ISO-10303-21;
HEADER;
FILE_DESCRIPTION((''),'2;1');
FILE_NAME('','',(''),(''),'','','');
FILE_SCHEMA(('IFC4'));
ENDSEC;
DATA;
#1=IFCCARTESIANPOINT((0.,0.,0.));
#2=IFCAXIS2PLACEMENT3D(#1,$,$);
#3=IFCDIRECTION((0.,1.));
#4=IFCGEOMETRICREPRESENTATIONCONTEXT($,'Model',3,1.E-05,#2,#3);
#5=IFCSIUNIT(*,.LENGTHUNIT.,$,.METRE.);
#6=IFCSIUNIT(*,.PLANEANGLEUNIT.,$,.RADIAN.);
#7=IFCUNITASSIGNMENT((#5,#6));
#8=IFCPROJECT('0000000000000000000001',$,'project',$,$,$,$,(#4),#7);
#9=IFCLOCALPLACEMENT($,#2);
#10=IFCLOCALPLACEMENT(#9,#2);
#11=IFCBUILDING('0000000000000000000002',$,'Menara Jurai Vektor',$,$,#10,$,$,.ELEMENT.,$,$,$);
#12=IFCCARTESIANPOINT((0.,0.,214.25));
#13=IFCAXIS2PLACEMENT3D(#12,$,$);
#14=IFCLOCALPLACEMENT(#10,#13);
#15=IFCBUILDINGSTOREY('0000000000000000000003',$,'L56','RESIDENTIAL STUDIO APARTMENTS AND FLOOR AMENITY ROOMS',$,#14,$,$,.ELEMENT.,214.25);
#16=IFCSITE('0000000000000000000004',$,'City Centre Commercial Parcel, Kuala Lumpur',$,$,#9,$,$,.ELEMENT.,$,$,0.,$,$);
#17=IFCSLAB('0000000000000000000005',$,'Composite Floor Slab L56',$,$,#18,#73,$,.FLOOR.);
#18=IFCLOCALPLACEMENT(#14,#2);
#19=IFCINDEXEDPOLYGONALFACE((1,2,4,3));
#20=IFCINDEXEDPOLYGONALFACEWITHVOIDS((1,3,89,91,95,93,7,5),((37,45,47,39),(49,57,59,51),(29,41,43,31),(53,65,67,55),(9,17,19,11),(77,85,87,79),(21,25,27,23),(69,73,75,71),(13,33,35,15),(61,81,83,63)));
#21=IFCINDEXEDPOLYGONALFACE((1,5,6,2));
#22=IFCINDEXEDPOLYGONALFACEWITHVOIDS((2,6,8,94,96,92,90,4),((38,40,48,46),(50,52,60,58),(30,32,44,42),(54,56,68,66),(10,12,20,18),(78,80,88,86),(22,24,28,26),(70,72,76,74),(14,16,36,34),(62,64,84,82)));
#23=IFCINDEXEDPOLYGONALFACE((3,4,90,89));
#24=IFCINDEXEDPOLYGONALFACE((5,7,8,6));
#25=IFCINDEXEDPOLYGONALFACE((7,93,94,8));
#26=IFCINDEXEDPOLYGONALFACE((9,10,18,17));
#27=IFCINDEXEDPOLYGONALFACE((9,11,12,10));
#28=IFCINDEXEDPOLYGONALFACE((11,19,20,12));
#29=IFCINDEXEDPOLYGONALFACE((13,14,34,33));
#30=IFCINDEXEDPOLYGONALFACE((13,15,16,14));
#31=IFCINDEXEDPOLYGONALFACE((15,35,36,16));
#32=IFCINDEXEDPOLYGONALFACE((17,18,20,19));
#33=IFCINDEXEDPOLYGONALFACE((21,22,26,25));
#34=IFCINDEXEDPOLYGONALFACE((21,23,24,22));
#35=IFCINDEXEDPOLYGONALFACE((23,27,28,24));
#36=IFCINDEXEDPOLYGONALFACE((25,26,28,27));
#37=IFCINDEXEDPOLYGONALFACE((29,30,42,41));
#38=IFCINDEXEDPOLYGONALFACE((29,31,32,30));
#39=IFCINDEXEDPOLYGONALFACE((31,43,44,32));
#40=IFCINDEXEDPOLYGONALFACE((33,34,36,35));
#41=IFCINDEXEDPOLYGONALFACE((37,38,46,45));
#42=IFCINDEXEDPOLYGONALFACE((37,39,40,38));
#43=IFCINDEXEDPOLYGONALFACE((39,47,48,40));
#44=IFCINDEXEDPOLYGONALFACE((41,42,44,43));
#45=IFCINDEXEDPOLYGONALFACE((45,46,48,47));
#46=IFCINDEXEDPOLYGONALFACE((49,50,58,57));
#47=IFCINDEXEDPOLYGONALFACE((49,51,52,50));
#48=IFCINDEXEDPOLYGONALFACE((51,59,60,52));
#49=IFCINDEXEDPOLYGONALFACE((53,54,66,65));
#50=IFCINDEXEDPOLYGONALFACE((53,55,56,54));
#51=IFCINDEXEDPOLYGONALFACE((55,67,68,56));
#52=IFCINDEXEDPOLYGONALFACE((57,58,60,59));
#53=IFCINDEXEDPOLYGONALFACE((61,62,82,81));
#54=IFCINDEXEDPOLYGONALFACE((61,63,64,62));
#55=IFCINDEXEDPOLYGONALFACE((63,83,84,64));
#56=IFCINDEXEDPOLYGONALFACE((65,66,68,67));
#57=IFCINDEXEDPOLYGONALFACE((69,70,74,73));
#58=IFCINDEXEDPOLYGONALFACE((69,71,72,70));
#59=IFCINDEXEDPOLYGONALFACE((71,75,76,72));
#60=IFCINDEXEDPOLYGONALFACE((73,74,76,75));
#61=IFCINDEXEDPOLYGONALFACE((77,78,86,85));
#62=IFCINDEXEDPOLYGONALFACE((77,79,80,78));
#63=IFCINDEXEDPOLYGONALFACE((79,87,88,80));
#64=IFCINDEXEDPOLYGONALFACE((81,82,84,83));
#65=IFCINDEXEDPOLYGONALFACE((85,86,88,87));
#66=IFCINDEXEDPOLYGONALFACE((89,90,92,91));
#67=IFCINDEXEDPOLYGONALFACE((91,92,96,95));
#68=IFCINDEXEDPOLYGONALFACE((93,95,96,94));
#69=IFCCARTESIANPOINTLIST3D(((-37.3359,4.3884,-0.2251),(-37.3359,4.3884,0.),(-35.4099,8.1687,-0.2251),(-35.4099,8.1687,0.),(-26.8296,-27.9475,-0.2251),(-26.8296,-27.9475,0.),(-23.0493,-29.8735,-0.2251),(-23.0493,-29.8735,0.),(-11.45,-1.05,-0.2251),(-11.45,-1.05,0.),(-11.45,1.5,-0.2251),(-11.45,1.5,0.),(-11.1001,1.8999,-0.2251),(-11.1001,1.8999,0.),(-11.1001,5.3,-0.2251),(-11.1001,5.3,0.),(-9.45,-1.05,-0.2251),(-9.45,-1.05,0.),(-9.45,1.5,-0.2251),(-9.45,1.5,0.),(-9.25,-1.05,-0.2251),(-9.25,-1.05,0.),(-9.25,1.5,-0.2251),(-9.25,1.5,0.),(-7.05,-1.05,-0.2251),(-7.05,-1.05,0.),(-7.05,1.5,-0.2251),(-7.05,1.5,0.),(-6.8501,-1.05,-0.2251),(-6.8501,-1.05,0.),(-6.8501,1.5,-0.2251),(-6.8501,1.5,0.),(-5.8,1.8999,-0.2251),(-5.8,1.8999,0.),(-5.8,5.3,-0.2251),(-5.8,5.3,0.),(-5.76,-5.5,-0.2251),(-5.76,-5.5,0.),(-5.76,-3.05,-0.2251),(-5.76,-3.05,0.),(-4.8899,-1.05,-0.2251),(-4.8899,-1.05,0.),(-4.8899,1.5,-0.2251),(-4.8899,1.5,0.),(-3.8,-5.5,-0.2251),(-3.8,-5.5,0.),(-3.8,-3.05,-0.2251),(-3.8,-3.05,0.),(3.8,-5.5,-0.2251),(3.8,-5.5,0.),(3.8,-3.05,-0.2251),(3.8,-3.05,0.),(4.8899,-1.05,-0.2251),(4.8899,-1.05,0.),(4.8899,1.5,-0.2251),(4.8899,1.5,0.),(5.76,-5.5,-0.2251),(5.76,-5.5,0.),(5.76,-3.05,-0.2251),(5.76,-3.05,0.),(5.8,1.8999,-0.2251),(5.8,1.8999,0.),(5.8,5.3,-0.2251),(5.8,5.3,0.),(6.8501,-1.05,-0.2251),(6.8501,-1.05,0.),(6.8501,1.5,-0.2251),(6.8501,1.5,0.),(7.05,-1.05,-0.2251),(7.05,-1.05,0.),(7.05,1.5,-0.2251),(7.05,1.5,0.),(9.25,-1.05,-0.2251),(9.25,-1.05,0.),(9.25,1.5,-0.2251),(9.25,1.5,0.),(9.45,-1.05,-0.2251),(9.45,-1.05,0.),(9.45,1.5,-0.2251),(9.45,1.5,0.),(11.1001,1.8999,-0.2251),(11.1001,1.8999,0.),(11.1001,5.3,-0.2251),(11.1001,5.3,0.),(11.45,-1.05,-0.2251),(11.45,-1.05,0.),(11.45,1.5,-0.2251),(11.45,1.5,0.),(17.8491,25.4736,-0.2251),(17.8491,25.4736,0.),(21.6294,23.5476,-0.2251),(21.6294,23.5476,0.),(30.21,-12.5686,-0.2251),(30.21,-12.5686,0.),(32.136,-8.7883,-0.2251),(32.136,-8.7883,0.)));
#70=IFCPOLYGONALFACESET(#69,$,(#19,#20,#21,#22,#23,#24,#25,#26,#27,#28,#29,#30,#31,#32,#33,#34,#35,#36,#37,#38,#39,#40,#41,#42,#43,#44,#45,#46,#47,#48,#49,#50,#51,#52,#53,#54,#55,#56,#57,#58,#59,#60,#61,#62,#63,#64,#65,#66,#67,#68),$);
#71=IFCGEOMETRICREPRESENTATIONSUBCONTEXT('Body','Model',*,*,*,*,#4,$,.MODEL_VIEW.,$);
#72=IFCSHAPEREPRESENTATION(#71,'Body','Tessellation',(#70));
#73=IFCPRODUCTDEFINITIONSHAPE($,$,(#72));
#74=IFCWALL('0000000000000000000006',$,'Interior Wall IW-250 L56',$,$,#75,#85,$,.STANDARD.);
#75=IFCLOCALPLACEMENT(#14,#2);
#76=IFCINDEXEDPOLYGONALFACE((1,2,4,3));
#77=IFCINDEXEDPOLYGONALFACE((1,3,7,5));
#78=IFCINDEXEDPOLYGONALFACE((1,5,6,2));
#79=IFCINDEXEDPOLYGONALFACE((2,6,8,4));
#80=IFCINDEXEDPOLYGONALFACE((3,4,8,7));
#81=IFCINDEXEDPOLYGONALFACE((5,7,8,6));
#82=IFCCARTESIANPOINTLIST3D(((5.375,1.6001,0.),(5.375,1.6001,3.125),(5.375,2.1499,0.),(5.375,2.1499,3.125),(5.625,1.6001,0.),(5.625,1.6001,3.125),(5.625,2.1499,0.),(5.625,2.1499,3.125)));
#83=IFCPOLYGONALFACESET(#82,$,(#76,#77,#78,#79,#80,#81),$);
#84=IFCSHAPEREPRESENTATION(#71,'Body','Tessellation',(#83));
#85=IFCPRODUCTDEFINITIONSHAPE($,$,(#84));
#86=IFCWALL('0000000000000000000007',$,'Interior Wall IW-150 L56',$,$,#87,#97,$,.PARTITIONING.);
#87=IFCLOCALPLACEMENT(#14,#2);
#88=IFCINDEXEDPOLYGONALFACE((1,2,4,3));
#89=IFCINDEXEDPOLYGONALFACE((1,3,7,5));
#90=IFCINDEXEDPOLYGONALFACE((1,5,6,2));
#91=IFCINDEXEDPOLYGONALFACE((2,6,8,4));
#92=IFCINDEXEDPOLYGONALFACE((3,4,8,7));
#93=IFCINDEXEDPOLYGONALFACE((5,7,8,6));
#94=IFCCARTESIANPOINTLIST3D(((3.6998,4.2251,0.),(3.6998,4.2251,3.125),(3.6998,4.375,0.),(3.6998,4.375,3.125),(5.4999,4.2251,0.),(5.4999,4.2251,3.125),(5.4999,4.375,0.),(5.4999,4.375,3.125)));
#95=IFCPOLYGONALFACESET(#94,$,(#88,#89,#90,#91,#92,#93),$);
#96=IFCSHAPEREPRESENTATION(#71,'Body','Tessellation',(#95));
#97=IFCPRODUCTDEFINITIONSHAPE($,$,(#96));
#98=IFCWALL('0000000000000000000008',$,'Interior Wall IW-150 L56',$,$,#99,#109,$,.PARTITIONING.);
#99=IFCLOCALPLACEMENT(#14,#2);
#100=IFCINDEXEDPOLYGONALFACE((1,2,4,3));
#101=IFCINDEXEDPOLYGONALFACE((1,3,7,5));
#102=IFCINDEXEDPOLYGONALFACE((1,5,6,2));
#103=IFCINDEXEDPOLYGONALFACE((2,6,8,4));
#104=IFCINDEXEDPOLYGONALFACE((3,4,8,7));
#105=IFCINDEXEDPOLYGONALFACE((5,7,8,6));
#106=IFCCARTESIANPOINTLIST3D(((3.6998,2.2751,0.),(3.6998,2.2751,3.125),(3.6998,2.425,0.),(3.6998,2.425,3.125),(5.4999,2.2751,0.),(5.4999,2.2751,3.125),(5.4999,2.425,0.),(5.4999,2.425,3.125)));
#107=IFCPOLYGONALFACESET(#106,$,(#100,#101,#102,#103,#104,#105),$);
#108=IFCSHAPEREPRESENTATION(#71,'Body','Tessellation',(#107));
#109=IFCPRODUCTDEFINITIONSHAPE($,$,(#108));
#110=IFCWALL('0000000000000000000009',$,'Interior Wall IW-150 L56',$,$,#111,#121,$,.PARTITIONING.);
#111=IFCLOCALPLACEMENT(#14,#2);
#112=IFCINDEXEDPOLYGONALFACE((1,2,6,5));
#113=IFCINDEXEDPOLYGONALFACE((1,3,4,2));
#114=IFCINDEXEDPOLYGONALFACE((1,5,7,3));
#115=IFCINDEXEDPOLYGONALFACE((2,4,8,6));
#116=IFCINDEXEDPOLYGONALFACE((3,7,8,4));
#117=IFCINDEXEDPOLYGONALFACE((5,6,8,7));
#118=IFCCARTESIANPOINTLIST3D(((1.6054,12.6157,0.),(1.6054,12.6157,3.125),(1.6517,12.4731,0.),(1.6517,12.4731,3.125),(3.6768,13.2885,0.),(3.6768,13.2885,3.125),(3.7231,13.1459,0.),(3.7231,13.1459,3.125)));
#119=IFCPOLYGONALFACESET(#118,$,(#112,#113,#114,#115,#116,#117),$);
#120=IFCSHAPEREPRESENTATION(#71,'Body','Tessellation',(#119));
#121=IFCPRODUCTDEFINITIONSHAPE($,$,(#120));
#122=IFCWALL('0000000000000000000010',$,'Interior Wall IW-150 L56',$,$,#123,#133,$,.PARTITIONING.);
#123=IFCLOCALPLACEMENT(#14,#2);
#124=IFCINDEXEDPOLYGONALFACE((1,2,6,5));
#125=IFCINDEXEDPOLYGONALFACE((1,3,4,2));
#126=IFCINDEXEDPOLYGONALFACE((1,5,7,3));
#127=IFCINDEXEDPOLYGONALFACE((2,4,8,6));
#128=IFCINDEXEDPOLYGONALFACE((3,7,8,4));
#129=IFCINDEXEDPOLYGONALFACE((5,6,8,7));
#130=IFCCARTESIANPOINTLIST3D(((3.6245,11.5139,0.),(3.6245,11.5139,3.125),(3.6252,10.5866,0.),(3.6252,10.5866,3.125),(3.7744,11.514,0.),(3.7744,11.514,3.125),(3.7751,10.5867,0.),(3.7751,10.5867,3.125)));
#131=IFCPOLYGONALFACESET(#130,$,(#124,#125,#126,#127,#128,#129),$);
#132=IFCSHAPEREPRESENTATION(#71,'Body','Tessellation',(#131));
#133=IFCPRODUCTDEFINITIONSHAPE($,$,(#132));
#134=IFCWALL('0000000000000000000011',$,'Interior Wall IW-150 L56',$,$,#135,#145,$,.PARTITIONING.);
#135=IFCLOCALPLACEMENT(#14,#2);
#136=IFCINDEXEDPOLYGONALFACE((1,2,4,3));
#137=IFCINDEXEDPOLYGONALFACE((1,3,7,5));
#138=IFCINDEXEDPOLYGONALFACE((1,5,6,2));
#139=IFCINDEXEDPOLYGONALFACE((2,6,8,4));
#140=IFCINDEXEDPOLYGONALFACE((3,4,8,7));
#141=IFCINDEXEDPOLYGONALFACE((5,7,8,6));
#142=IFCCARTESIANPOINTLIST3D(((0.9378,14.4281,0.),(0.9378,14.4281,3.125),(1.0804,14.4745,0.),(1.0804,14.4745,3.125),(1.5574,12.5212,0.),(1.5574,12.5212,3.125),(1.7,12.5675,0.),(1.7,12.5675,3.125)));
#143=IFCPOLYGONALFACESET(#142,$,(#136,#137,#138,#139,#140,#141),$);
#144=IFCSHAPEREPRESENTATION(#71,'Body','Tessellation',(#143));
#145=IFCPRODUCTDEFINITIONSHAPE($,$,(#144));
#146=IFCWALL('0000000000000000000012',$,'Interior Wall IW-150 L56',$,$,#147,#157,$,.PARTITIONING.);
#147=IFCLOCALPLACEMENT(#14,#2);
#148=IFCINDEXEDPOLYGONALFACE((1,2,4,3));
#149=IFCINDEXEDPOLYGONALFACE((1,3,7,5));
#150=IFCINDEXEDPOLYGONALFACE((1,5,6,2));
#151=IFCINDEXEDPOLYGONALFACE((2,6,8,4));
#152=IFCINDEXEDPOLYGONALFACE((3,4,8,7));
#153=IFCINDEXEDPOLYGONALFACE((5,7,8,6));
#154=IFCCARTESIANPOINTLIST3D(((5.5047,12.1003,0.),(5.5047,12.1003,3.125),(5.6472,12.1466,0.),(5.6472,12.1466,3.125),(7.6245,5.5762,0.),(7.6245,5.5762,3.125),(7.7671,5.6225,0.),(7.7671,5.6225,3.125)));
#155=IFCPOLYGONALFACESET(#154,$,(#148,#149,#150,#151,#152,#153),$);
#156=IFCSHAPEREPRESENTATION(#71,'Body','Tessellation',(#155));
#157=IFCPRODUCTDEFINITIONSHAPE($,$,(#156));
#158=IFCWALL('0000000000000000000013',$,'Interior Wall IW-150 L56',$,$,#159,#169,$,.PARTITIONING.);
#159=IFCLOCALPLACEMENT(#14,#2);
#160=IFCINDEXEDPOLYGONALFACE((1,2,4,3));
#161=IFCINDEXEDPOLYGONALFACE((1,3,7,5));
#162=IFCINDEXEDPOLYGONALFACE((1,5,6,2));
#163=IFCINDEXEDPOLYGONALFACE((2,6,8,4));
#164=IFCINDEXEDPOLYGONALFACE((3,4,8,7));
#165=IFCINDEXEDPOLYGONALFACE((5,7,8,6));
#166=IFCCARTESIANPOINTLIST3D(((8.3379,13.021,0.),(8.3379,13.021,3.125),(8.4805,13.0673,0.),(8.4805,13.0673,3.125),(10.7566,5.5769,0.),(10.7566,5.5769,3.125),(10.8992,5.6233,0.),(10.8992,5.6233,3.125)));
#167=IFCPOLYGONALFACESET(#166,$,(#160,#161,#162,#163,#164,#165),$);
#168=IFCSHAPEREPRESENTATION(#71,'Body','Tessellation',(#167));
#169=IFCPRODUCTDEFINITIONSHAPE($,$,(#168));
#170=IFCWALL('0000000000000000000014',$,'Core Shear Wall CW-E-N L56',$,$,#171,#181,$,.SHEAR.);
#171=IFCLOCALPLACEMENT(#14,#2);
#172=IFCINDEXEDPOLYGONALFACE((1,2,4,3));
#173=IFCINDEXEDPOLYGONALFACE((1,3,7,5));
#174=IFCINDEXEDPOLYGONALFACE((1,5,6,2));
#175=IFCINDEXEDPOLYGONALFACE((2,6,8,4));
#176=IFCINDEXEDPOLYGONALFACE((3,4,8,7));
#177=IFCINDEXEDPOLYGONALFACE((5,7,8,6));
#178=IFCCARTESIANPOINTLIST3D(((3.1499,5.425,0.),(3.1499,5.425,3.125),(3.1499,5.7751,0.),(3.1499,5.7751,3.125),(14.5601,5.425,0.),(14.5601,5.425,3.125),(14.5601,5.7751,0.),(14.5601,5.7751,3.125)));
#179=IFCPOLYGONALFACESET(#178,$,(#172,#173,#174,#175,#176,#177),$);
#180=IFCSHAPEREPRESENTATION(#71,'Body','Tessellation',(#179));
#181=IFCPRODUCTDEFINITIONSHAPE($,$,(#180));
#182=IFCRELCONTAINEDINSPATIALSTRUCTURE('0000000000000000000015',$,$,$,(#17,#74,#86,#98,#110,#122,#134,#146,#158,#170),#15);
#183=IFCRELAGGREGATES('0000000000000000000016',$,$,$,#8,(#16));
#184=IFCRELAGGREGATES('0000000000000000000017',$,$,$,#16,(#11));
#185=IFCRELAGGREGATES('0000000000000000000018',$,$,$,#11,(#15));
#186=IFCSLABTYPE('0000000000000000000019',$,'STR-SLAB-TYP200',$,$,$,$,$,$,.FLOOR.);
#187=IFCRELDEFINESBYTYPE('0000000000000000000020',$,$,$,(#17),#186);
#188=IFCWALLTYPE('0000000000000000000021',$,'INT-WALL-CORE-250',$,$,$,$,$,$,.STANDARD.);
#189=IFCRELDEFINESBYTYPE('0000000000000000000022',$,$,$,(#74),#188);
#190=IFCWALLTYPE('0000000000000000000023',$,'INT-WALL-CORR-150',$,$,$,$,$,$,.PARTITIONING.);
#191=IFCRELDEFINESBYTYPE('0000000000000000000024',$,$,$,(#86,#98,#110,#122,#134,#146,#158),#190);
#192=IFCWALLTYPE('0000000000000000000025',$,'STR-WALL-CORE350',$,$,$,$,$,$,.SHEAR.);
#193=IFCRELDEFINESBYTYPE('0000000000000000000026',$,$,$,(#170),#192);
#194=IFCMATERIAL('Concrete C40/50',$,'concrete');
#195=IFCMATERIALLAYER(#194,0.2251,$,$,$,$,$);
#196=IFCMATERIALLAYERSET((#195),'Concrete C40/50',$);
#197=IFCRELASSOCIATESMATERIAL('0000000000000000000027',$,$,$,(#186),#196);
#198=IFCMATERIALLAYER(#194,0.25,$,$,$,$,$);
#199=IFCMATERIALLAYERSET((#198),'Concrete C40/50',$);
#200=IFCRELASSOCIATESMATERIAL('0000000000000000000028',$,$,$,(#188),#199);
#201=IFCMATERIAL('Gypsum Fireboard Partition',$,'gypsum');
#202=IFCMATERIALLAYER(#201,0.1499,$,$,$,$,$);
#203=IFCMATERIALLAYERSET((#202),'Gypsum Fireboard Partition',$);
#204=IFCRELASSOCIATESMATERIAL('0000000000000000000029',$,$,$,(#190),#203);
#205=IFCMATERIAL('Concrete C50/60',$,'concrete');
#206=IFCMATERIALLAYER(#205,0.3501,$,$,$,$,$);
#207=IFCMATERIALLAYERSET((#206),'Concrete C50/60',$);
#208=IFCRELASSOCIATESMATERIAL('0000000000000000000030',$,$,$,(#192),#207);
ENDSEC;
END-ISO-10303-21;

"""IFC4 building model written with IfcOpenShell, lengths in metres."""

from ifc_helpers import new_model, si_unit, direction, frame, frame_2d, origin, place, context, subcontext, project, spatial, polyline, rectangle, outline, extrude, material, layer, layer_set, type_object, element, save


model = new_model("IFC4")

# Units and contexts
model_context = context("Model", 3, precision=1e-05, world=origin(), true_north=direction((0.0, 1.0)))
body_context = subcontext(model_context, "Body", "Model", "MODEL_VIEW")
ifc_project = project(units=[si_unit("LENGTHUNIT", "METRE"), si_unit("PLANEANGLEUNIT", "RADIAN")], contexts=[model_context])

# Site, building, storey
site_placement = place(None, origin())
site = spatial("IfcSite", under=ifc_project, at=site_placement, Name="City Centre Commercial Parcel, Kuala Lumpur", CompositionType="ELEMENT", RefElevation=0.0)
building_placement = place(site_placement, origin())
building = spatial("IfcBuilding", under=site, at=building_placement, Name="Menara Jurai Vektor", CompositionType="ELEMENT")
storey_placement = place(building_placement, frame((0.0, 0.0, 214.25)))
storey = spatial("IfcBuildingStorey", under=building, at=storey_placement, Name="L56", Description="RESIDENTIAL STUDIO APARTMENTS AND FLOOR AMENITY ROOMS", CompositionType="ELEMENT", Elevation=214.25)

# Shared definitions
ifc_material_1 = material(Name="Concrete C50/60", Category="concrete")

# Shared definitions
ifc_material_2 = material(Name="Concrete C40/50", Category="concrete")

# Slab
ifc_layer_1 = layer(ifc_material_2, 0.2251)
ifc_layer_set_1 = layer_set([ifc_layer_1], Name="Concrete C40/50")
slab_type_1 = type_object("IfcSlabType", Name="STR-SLAB-TYP200", PredefinedType="FLOOR", material=ifc_layer_set_1)
slab_1_placement = place(storey_placement, frame((0.0, 0.0, -0.2251)))
element("IfcSlab", 1, at=slab_1_placement, inside=storey, type_object=slab_type_1, Name="Composite Floor Slab L56", PredefinedType="FLOOR", context=body_context, shape_type="SweptSolid", body=[
    extrude(outline(polyline([(-23.0493, -29.8735), (30.21, -12.5686), (32.136, -8.7883), (21.6294, 23.5476), (17.8491, 25.4736), (-35.4099, 8.1687), (-37.3359, 4.3884), (-26.8296, -27.9475), (-23.0493, -29.8735)]), holes=[polyline([(-11.1001, 1.8999), (-11.1001, 5.3), (-5.8, 5.3), (-5.8, 1.8999), (-11.1001, 1.8999)]), polyline([(5.8, 1.8999), (5.8, 5.3), (11.1001, 5.3), (11.1001, 1.8999), (5.8, 1.8999)]), polyline([(-11.45, -1.05), (-11.45, 1.5), (-9.45, 1.5), (-9.45, -1.05), (-11.45, -1.05)]), polyline([(9.45, -1.05), (9.45, 1.5), (11.45, 1.5), (11.45, -1.05), (9.45, -1.05)]), polyline([(-5.76, -5.5), (-5.76, -3.05), (-3.8, -3.05), (-3.8, -5.5), (-5.76, -5.5)]), polyline([(-6.8501, -1.05), (-6.8501, 1.5), (-4.8899, 1.5), (-4.8899, -1.05), (-6.8501, -1.05)]), polyline([(3.8, -5.5), (3.8, -3.05), (5.76, -3.05), (5.76, -5.5), (3.8, -5.5)]), polyline([(4.8899, -1.05), (4.8899, 1.5), (6.8501, 1.5), (6.8501, -1.05), (4.8899, -1.05)]), polyline([(-9.25, -1.05), (-9.25, 1.5), (-7.05, 1.5), (-7.05, -1.05), (-9.25, -1.05)]), polyline([(7.05, -1.05), (7.05, 1.5), (9.25, 1.5), (9.25, -1.05), (7.05, -1.05)])]), origin(), (0.0, 0.0, 1.0), 0.2251),
])

# Shared definitions
ifc_layer_2 = layer(ifc_material_2, 0.25)
ifc_layer_set_2 = layer_set([ifc_layer_2], Name="Concrete C40/50")
wall_type_1 = type_object("IfcWallType", Name="INT-WALL-CORE-250", PredefinedType="STANDARD", material=ifc_layer_set_2)

# Walls
wall_1_placement = place(storey_placement, frame((5.5, 1.6001, 0.0), z_axis=(0.0, 0.0, 1.0), x_axis=(0.0, 1.0, 0.0)))
element("IfcWall", 2, at=wall_1_placement, inside=storey, type_object=wall_type_1, Name="Interior Wall IW-250 L56", PredefinedType="STANDARD", context=body_context, shape_type="SweptSolid", body=[
    extrude(rectangle(XDim=0.5498, YDim=0.25, at=frame_2d((0.2749, 0.0))), origin(), (0.0, 0.0, 1.0), 3.125),
])
ifc_material_3 = material(Name="Gypsum Fireboard Partition", Category="gypsum")
ifc_layer_3 = layer(ifc_material_3, 0.1499)
ifc_layer_set_3 = layer_set([ifc_layer_3], Name="Gypsum Fireboard Partition")
wall_type_2 = type_object("IfcWallType", Name="INT-WALL-CORR-150", PredefinedType="PARTITIONING", material=ifc_layer_set_3)
for number, where, z_axis, x_axis, name in (
    (3, (3.7, 4.3, 0.0), (0.0, 0.0, 1.0), (1.0, 0.0, 0.0), "Interior Wall IW-150 L56"),
    (4, (3.7, 2.3501, 0.0), (0.0, 0.0, 1.0), (1.0, 0.0, 0.0), "Interior Wall IW-150 L56"),
):
    element("IfcWall", number, at=place(storey_placement, frame(where, z_axis=z_axis, x_axis=x_axis)), inside=storey, type_object=wall_type_2, Name=name, PredefinedType="PARTITIONING", context=body_context, shape_type="SweptSolid", body=[
        extrude(rectangle(XDim=1.8, YDim=0.1499, at=frame_2d((0.8999, 0.0))), origin(), (0.0, 0.0, 1.0), 3.125),
    ])
wall_2_placement = place(storey_placement, frame((1.6287, 12.5444, 0.0), z_axis=(0.0, 0.0, 1.0), x_axis=(0.951088, 0.308921, 0.0)))
element("IfcWall", 5, at=wall_2_placement, inside=storey, type_object=wall_type_2, Name="Interior Wall IW-150 L56", PredefinedType="PARTITIONING", context=body_context, shape_type="SweptSolid", body=[
    extrude(rectangle(XDim=2.178, YDim=0.1499, at=frame_2d((1.0889, 0.0))), origin(), (0.0, 0.0, 1.0), 3.125),
])
wall_3_placement = place(storey_placement, frame((3.7002, 10.5867, 0.0), z_axis=(0.0, 0.0, 1.0), x_axis=(-0.00079, 1.0, 0.0)))
element("IfcWall", 6, at=wall_3_placement, inside=storey, type_object=wall_type_2, Name="Interior Wall IW-150 L56", PredefinedType="PARTITIONING", context=body_context, shape_type="SweptSolid", body=[
    extrude(rectangle(XDim=0.9272, YDim=0.1499, at=frame_2d((0.4636, 0.0))), origin(), (0.0, 0.0, 1.0), 3.125),
])

# Walls
wall_4_placement = place(storey_placement, frame((1.6287, 12.5444, 0.0), z_axis=(0.0, 0.0, 1.0), x_axis=(-0.309023, 0.951055, 0.0)))
element("IfcWall", 7, at=wall_4_placement, inside=storey, type_object=wall_type_2, Name="Interior Wall IW-150 L56", PredefinedType="PARTITIONING", context=body_context, shape_type="SweptSolid", body=[
    extrude(rectangle(XDim=2.0051, YDim=0.1499, at=frame_2d((1.0024, 0.0))), origin(), (0.0, 0.0, 1.0), 3.125),
])
wall_5_placement = place(storey_placement, frame((7.6958, 5.5994, 0.0), z_axis=(0.0, 0.0, 1.0), x_axis=(-0.309022, 0.951055, 0.0)))
element("IfcWall", 8, at=wall_5_placement, inside=storey, type_object=wall_type_2, Name="Interior Wall IW-150 L56", PredefinedType="PARTITIONING", context=body_context, shape_type="SweptSolid", body=[
    extrude(rectangle(XDim=6.8599, YDim=0.1499, at=frame_2d((3.4299, 0.0))), origin(), (0.0, 0.0, 1.0), 3.125),
])
wall_6_placement = place(storey_placement, frame((10.8279, 5.6001, 0.0), z_axis=(0.0, 0.0, 1.0), x_axis=(-0.309013, 0.951058, 0.0)))
element("IfcWall", 9, at=wall_6_placement, inside=storey, type_object=wall_type_2, Name="Interior Wall IW-150 L56", PredefinedType="PARTITIONING", context=body_context, shape_type="SweptSolid", body=[
    extrude(rectangle(XDim=7.8271, YDim=0.1499, at=frame_2d((3.9136, 0.0))), origin(), (0.0, 0.0, 1.0), 3.125),
])
ifc_layer_4 = layer(ifc_material_1, 0.3501)
ifc_layer_set_4 = layer_set([ifc_layer_4], Name="Concrete C50/60")
wall_type_3 = type_object("IfcWallType", Name="STR-WALL-CORE350", PredefinedType="SHEAR", material=ifc_layer_set_4)
wall_7_placement = place(storey_placement, frame((3.1499, 5.6001, 0.0), z_axis=(0.0, 0.0, 1.0), x_axis=(1.0, 0.0, 0.0)))
element("IfcWall", 10, at=wall_7_placement, inside=storey, type_object=wall_type_3, Name="Core Shear Wall CW-E-N L56", PredefinedType="SHEAR", context=body_context, shape_type="SweptSolid", body=[
    extrude(rectangle(XDim=11.4102, YDim=0.3501, at=frame_2d((5.7051, 0.0))), origin(), (0.0, 0.0, 1.0), 3.125),
])

save(model, "model.ifc")
